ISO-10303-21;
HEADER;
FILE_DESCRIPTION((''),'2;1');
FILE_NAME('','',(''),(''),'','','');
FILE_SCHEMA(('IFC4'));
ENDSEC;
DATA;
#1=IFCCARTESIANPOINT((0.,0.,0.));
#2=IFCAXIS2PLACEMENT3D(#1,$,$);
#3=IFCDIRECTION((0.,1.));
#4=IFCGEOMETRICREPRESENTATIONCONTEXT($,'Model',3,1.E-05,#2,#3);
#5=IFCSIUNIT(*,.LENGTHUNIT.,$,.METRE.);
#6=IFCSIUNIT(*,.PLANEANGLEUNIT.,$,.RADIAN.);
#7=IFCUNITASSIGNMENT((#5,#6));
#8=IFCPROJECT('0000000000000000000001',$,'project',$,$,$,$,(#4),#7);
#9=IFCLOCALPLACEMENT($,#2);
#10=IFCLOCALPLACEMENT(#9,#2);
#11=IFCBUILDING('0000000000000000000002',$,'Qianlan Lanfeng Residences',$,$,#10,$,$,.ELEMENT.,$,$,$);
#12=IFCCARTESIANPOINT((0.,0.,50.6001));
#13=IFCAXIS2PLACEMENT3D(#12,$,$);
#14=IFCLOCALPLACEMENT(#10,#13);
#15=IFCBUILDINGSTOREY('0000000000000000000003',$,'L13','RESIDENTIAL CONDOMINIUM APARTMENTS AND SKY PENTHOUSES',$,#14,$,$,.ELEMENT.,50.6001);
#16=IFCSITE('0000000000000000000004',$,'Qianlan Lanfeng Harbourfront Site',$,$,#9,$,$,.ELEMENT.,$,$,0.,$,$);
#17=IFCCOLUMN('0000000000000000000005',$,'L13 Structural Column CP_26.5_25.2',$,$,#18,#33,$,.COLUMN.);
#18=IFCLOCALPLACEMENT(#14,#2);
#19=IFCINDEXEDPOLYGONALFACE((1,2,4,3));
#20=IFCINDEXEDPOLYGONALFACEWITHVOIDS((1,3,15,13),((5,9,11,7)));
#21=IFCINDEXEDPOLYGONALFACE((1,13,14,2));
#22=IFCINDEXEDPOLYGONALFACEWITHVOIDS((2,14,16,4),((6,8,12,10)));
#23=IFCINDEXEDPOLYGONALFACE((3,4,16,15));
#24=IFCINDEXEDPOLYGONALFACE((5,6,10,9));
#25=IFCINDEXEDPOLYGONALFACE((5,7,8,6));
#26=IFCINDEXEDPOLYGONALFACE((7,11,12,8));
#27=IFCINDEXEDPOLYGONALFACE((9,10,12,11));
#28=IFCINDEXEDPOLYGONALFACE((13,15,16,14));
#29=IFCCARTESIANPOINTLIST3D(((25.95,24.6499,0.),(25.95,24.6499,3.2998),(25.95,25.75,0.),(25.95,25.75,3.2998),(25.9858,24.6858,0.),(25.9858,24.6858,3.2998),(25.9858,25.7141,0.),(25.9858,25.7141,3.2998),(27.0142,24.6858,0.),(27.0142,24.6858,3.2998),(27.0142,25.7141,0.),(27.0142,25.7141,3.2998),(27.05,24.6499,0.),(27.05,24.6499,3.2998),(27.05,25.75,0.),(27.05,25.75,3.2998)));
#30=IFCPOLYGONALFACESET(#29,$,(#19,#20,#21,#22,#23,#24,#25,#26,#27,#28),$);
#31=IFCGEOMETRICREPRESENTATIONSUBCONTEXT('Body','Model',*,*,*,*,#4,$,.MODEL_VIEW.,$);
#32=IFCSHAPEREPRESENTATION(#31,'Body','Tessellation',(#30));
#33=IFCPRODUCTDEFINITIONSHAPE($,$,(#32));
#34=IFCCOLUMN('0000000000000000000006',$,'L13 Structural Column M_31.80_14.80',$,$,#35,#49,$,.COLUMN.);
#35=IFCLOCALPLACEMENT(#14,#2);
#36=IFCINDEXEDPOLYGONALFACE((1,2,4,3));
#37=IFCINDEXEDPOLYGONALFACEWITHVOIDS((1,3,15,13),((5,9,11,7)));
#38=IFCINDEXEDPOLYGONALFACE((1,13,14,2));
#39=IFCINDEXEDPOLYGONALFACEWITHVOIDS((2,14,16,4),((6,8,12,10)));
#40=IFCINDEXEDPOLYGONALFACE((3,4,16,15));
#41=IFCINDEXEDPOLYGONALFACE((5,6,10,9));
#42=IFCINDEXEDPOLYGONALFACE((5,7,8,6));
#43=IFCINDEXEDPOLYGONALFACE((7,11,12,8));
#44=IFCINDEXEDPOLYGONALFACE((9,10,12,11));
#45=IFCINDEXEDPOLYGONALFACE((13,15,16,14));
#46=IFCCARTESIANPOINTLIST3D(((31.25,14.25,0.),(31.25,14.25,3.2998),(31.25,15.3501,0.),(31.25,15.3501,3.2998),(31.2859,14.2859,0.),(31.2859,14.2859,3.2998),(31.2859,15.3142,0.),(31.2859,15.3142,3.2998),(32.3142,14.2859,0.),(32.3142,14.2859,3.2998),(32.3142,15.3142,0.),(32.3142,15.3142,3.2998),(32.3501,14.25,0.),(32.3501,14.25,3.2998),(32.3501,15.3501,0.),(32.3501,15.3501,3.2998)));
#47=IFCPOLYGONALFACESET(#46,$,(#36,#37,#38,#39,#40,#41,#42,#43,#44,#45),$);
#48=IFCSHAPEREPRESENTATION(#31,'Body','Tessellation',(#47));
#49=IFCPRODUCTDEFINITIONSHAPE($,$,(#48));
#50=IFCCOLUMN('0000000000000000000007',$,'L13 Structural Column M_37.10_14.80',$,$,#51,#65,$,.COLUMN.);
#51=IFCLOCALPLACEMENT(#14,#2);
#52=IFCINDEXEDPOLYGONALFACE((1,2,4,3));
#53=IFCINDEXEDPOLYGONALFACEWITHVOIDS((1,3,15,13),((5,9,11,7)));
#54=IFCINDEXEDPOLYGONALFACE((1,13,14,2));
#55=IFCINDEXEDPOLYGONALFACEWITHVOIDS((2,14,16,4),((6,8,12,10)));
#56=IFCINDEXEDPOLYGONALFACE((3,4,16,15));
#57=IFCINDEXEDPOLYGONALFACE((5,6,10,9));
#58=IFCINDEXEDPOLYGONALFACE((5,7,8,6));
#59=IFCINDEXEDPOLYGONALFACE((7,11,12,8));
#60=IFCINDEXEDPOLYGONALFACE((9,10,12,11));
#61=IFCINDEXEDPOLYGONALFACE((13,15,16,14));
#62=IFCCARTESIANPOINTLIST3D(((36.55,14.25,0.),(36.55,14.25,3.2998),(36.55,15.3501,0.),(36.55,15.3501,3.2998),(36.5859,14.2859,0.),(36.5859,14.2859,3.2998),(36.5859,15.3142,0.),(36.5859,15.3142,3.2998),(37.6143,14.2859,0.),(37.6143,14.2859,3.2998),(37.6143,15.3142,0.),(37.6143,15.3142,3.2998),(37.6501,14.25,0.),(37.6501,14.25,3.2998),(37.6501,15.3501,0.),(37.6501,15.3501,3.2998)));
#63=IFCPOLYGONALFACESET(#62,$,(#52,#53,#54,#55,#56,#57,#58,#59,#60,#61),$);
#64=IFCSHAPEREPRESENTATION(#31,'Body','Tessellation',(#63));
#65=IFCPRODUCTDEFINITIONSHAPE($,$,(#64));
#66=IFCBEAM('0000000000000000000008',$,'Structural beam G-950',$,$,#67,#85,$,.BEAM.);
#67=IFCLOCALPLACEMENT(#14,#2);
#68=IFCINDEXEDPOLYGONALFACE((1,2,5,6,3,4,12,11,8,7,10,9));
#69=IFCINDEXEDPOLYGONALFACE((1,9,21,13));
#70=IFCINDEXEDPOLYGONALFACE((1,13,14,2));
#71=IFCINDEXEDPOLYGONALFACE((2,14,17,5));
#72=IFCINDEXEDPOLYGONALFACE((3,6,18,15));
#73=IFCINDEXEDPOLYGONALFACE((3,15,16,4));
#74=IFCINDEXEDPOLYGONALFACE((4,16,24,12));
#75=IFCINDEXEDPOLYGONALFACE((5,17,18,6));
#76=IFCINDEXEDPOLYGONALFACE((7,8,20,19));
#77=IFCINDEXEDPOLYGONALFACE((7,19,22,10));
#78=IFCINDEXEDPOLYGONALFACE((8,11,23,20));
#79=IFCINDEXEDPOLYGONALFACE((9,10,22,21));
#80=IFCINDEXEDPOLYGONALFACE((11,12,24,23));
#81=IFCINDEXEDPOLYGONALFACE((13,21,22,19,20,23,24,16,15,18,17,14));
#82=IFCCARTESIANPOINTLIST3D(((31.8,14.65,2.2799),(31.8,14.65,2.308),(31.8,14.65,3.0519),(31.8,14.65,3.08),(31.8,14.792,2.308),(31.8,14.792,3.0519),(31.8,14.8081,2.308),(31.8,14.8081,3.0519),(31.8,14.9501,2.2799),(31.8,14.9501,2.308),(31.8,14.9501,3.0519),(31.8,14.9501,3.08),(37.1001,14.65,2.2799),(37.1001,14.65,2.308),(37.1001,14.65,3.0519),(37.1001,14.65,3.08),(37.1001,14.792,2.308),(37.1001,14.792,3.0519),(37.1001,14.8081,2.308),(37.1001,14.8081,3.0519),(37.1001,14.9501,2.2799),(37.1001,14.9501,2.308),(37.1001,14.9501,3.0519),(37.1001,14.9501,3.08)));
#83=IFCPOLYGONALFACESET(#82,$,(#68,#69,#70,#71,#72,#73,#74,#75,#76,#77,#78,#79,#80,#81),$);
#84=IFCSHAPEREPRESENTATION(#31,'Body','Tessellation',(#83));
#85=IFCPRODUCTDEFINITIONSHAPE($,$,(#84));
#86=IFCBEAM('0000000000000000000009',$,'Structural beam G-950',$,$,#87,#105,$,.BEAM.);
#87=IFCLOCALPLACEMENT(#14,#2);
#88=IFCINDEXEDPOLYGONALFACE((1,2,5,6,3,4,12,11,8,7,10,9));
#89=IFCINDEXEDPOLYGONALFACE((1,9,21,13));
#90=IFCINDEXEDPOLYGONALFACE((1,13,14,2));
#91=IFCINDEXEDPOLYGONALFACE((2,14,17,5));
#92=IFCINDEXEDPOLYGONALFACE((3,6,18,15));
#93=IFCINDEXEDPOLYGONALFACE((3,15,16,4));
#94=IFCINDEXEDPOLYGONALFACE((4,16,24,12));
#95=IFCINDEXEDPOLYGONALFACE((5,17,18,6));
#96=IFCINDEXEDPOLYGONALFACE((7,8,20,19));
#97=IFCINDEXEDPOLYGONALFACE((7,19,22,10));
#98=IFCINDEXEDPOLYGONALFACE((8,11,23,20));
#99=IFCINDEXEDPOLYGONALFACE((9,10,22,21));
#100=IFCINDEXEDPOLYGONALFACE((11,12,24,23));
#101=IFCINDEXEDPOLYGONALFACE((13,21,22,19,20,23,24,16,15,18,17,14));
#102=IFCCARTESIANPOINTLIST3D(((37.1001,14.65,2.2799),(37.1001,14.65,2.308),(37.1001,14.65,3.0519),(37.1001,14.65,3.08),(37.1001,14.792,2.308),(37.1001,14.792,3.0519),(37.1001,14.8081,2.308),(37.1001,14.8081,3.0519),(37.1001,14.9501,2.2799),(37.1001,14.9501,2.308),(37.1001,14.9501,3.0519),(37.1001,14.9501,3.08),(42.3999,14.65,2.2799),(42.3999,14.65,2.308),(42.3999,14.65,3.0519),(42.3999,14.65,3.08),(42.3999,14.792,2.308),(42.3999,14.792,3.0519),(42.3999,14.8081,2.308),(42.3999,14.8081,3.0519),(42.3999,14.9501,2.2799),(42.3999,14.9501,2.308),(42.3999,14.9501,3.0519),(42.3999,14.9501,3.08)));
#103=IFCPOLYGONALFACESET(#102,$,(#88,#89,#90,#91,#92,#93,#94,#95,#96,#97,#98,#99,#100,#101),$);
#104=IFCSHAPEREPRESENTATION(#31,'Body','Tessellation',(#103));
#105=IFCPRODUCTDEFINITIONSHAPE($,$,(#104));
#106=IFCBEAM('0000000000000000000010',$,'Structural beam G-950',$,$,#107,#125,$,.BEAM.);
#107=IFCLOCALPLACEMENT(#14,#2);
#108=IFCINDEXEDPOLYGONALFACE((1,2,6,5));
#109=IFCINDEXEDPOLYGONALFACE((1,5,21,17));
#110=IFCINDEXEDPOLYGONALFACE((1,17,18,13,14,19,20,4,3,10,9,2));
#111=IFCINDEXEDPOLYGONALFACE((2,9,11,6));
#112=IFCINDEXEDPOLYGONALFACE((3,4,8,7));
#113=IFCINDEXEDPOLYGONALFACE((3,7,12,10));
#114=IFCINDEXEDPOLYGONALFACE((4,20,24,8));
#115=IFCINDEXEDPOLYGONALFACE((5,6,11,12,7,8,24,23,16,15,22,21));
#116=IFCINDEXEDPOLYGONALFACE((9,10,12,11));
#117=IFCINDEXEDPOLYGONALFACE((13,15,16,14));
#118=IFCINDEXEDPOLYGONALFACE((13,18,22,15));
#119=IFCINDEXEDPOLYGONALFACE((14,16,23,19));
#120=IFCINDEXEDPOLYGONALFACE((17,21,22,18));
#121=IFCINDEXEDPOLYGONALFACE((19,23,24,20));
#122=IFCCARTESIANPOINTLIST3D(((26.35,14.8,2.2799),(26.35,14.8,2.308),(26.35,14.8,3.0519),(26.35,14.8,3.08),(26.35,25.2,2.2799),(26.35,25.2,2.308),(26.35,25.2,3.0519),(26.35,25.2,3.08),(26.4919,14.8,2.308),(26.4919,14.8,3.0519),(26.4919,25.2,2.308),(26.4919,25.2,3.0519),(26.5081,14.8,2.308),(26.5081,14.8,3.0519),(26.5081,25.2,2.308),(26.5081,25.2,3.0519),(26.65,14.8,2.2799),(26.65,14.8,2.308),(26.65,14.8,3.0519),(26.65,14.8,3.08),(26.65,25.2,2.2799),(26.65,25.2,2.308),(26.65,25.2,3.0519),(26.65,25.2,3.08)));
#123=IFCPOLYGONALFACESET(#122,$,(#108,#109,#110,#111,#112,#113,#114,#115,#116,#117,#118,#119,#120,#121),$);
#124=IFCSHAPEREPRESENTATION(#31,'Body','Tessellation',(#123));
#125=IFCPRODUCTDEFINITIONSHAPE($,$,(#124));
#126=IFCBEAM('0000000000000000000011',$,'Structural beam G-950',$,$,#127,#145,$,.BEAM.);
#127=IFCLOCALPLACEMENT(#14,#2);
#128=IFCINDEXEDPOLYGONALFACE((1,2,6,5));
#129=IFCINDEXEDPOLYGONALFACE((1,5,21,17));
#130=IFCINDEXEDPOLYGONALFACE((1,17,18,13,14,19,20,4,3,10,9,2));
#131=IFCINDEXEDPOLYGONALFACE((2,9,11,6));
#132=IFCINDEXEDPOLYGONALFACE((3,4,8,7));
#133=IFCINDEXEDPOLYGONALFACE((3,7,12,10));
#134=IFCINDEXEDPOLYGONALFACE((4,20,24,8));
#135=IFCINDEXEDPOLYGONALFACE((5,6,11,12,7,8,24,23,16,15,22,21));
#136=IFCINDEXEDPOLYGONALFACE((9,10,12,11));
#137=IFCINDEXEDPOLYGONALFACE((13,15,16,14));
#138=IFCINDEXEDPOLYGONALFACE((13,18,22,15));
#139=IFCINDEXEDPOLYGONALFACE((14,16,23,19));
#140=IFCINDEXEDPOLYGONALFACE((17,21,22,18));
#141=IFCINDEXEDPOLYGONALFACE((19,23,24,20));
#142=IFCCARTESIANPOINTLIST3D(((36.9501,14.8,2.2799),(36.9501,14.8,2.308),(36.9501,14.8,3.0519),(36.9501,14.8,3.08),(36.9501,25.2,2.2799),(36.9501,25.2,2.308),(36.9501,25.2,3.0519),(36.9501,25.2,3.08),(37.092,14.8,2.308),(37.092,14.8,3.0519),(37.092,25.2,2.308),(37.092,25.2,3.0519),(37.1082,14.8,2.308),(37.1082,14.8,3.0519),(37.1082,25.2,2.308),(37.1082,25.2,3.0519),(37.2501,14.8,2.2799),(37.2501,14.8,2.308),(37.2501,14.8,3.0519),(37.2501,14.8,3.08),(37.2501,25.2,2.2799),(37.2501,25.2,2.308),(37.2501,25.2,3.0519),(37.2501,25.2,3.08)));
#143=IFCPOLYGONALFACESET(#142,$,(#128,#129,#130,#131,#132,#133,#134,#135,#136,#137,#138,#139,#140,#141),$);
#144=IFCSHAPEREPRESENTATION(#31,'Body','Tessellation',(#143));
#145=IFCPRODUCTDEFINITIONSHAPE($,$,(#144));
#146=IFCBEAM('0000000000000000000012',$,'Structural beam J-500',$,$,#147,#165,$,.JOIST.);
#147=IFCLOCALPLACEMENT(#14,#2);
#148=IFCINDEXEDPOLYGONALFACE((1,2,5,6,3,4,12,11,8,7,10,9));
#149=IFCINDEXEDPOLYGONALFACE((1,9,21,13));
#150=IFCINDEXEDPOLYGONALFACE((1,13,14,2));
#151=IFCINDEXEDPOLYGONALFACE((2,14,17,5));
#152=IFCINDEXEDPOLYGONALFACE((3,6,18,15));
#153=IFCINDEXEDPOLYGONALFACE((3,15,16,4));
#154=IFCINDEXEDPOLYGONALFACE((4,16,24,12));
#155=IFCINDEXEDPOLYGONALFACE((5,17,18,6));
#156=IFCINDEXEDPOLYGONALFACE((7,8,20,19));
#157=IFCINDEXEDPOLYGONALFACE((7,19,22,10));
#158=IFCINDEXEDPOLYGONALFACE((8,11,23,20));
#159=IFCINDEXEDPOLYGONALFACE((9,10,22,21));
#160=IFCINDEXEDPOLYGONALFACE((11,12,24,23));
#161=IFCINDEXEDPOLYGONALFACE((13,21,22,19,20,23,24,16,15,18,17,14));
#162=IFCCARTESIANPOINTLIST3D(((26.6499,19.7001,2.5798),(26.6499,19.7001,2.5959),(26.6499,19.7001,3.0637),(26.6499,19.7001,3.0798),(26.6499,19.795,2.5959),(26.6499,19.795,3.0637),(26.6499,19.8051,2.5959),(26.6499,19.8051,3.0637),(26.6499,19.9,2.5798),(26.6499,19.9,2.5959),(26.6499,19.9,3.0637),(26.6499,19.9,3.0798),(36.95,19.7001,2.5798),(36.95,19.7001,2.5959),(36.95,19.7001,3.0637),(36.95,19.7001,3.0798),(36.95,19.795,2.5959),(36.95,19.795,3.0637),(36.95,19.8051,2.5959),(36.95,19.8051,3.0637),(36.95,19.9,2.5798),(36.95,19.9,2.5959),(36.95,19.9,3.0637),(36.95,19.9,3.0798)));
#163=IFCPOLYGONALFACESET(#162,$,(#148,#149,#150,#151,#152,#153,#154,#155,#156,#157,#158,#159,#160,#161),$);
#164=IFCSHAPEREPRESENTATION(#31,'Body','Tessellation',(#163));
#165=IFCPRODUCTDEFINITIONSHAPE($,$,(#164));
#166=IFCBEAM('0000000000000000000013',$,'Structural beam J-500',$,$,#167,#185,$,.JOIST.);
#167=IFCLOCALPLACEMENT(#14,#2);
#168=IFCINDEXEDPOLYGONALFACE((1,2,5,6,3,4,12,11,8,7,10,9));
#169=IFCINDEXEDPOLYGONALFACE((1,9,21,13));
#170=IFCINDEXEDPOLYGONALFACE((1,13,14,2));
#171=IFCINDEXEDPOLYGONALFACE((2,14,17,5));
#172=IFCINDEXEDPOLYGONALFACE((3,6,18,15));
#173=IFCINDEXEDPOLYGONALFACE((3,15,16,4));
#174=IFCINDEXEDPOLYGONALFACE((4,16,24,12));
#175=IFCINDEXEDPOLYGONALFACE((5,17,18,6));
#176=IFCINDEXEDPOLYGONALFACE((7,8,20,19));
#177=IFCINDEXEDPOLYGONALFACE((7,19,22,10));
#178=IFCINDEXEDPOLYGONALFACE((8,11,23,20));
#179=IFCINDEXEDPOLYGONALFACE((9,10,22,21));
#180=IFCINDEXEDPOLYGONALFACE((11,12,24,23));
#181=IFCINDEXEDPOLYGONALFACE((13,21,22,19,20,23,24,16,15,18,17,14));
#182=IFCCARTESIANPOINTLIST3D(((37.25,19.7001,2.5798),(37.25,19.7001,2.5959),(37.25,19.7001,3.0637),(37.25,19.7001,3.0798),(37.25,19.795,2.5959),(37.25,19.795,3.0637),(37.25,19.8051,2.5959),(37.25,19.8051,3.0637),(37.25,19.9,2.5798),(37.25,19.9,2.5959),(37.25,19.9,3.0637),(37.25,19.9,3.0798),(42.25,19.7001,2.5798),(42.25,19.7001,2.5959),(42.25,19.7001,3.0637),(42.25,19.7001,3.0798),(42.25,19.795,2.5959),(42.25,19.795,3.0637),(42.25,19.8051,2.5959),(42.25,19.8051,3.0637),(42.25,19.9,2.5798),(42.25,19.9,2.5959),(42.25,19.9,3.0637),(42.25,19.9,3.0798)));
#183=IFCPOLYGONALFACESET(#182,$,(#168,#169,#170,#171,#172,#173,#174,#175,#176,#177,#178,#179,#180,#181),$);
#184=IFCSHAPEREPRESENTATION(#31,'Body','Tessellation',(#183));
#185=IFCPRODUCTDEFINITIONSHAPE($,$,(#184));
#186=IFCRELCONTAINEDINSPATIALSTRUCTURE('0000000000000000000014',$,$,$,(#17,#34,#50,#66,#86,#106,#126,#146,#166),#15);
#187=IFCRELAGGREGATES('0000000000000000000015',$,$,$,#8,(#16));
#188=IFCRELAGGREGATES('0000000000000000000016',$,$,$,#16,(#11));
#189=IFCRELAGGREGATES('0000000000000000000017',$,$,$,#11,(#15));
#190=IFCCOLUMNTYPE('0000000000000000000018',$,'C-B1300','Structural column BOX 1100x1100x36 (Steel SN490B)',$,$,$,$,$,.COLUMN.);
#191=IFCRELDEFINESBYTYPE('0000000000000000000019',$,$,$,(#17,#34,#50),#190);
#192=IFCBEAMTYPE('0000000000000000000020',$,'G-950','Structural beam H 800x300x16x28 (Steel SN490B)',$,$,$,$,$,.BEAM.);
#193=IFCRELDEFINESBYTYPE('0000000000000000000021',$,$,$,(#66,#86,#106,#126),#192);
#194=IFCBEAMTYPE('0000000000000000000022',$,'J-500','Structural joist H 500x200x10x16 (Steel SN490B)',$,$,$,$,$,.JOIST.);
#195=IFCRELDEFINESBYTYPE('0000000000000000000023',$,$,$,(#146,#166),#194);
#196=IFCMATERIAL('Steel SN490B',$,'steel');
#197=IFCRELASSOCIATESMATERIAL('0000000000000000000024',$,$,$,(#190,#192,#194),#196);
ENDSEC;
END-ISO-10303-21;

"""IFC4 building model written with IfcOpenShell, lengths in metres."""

from ifc_helpers import new_model, si_unit, direction, frame, origin, origin_2d, place, context, subcontext, project, spatial, hollow_rectangle, i_section, extrude, material, material_profile, profile_set, type_object, element, save


model = new_model("IFC4")

# Units and contexts
model_context = context("Model", 3, precision=1e-05, world=origin(), true_north=direction((0.0, 1.0)))
body_context = subcontext(model_context, "Body", "Model", "MODEL_VIEW")
ifc_project = project(units=[si_unit("LENGTHUNIT", "METRE"), si_unit("PLANEANGLEUNIT", "RADIAN")], contexts=[model_context])

# Site, building, storey
site_placement = place(None, origin())
site = spatial("IfcSite", under=ifc_project, at=site_placement, Name="Qianlan Lanfeng Harbourfront Site", CompositionType="ELEMENT", RefElevation=0.0)
building_placement = place(site_placement, origin())
building = spatial("IfcBuilding", under=site, at=building_placement, Name="Qianlan Lanfeng Residences", CompositionType="ELEMENT")
storey_placement = place(building_placement, frame((0.0, 0.0, 50.6001)))
storey = spatial("IfcBuildingStorey", under=building, at=storey_placement, Name="L13", Description="RESIDENTIAL CONDOMINIUM APARTMENTS AND SKY PENTHOUSES", CompositionType="ELEMENT", Elevation=50.6001)

# Columns
ifc_material_1 = material(Name="Steel SN490B", Category="steel")
ifc_material_profile_1 = material_profile(ifc_material_1, hollow_rectangle(XDim=1.1001, YDim=1.1001, WallThickness=0.0359, at=origin_2d()), Name="BOX 1100x1100x36")
ifc_profile_set_1 = profile_set([ifc_material_profile_1], Name="Steel SN490B")
column_type = type_object("IfcColumnType", Name="C-B1300", Description="Structural column BOX 1100x1100x36 (Steel SN490B)", PredefinedType="COLUMN", material=ifc_profile_set_1)
for number, where, z_axis, x_axis, name in (
    (1, (26.5, 25.2, 0.0), (0.0, 0.0, 1.0), (1.0, 0.0, 0.0), "L13 Structural Column CP_26.5_25.2"),
    (2, (31.8, 14.8, 0.0), (0.0, 0.0, 1.0), (1.0, 0.0, 0.0), "L13 Structural Column M_31.80_14.80"),
    (3, (37.1001, 14.8, 0.0), (0.0, 0.0, 1.0), (1.0, 0.0, 0.0), "L13 Structural Column M_37.10_14.80"),
):
    element("IfcColumn", number, at=place(storey_placement, frame(where, z_axis=z_axis, x_axis=x_axis)), inside=storey, type_object=column_type, Name=name, PredefinedType="COLUMN", context=body_context, shape_type="SweptSolid", body=[
        extrude(hollow_rectangle(XDim=1.1001, YDim=1.1001, WallThickness=0.0359, at=origin_2d()), origin(), (0.0, 0.0, 1.0), 3.2998),
    ])

# Beams
ifc_material_profile_2 = material_profile(ifc_material_1, i_section(OverallWidth=0.3, OverallDepth=0.8, WebThickness=0.0161, FlangeThickness=0.0281, at=origin_2d()), Name="H 800x300x16x28")
ifc_profile_set_2 = profile_set([ifc_material_profile_2], Name="Steel SN490B")
beam_type_1 = type_object("IfcBeamType", Name="G-950", Description="Structural beam H 800x300x16x28 (Steel SN490B)", PredefinedType="BEAM", material=ifc_profile_set_2)
beam_1_placement = place(storey_placement, frame((31.8, 14.8, 2.6799), z_axis=(1.0, 0.0, 0.0), x_axis=(0.0, 1.0, 0.0)))
element("IfcBeam", 4, at=beam_1_placement, inside=storey, type_object=beam_type_1, Name="Structural beam G-950", PredefinedType="BEAM", context=body_context, shape_type="SweptSolid", body=[
    extrude(i_section(OverallWidth=0.3, OverallDepth=0.8, WebThickness=0.0161, FlangeThickness=0.0281, at=origin_2d()), origin(), (0.0, 0.0, 1.0), 5.3),
])
beam_2_placement = place(storey_placement, frame((37.1001, 14.8, 2.6799), z_axis=(1.0, 0.0, 0.0), x_axis=(0.0, 1.0, 0.0)))
element("IfcBeam", 5, at=beam_2_placement, inside=storey, type_object=beam_type_1, Name="Structural beam G-950", PredefinedType="BEAM", context=body_context, shape_type="SweptSolid", body=[
    extrude(i_section(OverallWidth=0.3, OverallDepth=0.8, WebThickness=0.0161, FlangeThickness=0.0281, at=origin_2d()), origin(), (0.0, 0.0, 1.0), 5.2998),
])
for number, where, z_axis, x_axis, name in (
    (6, (26.5, 14.8, 2.6799), (0.0, 1.0, 0.0), (-1.0, 0.0, 0.0), "Structural beam G-950"),
    (7, (37.1001, 14.8, 2.6799), (0.0, 1.0, 0.0), (-1.0, 0.0, 0.0), "Structural beam G-950"),
):
    element("IfcBeam", number, at=place(storey_placement, frame(where, z_axis=z_axis, x_axis=x_axis)), inside=storey, type_object=beam_type_1, Name=name, PredefinedType="BEAM", context=body_context, shape_type="SweptSolid", body=[
        extrude(i_section(OverallWidth=0.3, OverallDepth=0.8, WebThickness=0.0161, FlangeThickness=0.0281, at=origin_2d()), origin(), (0.0, 0.0, 1.0), 10.3999),
    ])
ifc_material_profile_3 = material_profile(ifc_material_1, i_section(OverallWidth=0.2, OverallDepth=0.5, WebThickness=0.01, FlangeThickness=0.0161, at=origin_2d()), Name="H 500x200x10x16")
ifc_profile_set_3 = profile_set([ifc_material_profile_3], Name="Steel SN490B")
beam_type_2 = type_object("IfcBeamType", Name="J-500", Description="Structural joist H 500x200x10x16 (Steel SN490B)", PredefinedType="JOIST", material=ifc_profile_set_3)
beam_3_placement = place(storey_placement, frame((26.6499, 19.8, 2.8298), z_axis=(1.0, 0.0, 0.0), x_axis=(0.0, 1.0, 0.0)))
element("IfcBeam", 8, at=beam_3_placement, inside=storey, type_object=beam_type_2, Name="Structural beam J-500", PredefinedType="JOIST", context=body_context, shape_type="SweptSolid", body=[
    extrude(i_section(OverallWidth=0.2, OverallDepth=0.5, WebThickness=0.01, FlangeThickness=0.0161, at=origin_2d()), origin(), (0.0, 0.0, 1.0), 10.3),
])
beam_4_placement = place(storey_placement, frame((37.25, 19.8, 2.8298), z_axis=(1.0, 0.0, 0.0), x_axis=(0.0, 1.0, 0.0)))
element("IfcBeam", 9, at=beam_4_placement, inside=storey, type_object=beam_type_2, Name="Structural beam J-500", PredefinedType="JOIST", context=body_context, shape_type="SweptSolid", body=[
    extrude(i_section(OverallWidth=0.2, OverallDepth=0.5, WebThickness=0.01, FlangeThickness=0.0161, at=origin_2d()), origin(), (0.0, 0.0, 1.0), 5.0),
])

save(model, "model.ifc")
